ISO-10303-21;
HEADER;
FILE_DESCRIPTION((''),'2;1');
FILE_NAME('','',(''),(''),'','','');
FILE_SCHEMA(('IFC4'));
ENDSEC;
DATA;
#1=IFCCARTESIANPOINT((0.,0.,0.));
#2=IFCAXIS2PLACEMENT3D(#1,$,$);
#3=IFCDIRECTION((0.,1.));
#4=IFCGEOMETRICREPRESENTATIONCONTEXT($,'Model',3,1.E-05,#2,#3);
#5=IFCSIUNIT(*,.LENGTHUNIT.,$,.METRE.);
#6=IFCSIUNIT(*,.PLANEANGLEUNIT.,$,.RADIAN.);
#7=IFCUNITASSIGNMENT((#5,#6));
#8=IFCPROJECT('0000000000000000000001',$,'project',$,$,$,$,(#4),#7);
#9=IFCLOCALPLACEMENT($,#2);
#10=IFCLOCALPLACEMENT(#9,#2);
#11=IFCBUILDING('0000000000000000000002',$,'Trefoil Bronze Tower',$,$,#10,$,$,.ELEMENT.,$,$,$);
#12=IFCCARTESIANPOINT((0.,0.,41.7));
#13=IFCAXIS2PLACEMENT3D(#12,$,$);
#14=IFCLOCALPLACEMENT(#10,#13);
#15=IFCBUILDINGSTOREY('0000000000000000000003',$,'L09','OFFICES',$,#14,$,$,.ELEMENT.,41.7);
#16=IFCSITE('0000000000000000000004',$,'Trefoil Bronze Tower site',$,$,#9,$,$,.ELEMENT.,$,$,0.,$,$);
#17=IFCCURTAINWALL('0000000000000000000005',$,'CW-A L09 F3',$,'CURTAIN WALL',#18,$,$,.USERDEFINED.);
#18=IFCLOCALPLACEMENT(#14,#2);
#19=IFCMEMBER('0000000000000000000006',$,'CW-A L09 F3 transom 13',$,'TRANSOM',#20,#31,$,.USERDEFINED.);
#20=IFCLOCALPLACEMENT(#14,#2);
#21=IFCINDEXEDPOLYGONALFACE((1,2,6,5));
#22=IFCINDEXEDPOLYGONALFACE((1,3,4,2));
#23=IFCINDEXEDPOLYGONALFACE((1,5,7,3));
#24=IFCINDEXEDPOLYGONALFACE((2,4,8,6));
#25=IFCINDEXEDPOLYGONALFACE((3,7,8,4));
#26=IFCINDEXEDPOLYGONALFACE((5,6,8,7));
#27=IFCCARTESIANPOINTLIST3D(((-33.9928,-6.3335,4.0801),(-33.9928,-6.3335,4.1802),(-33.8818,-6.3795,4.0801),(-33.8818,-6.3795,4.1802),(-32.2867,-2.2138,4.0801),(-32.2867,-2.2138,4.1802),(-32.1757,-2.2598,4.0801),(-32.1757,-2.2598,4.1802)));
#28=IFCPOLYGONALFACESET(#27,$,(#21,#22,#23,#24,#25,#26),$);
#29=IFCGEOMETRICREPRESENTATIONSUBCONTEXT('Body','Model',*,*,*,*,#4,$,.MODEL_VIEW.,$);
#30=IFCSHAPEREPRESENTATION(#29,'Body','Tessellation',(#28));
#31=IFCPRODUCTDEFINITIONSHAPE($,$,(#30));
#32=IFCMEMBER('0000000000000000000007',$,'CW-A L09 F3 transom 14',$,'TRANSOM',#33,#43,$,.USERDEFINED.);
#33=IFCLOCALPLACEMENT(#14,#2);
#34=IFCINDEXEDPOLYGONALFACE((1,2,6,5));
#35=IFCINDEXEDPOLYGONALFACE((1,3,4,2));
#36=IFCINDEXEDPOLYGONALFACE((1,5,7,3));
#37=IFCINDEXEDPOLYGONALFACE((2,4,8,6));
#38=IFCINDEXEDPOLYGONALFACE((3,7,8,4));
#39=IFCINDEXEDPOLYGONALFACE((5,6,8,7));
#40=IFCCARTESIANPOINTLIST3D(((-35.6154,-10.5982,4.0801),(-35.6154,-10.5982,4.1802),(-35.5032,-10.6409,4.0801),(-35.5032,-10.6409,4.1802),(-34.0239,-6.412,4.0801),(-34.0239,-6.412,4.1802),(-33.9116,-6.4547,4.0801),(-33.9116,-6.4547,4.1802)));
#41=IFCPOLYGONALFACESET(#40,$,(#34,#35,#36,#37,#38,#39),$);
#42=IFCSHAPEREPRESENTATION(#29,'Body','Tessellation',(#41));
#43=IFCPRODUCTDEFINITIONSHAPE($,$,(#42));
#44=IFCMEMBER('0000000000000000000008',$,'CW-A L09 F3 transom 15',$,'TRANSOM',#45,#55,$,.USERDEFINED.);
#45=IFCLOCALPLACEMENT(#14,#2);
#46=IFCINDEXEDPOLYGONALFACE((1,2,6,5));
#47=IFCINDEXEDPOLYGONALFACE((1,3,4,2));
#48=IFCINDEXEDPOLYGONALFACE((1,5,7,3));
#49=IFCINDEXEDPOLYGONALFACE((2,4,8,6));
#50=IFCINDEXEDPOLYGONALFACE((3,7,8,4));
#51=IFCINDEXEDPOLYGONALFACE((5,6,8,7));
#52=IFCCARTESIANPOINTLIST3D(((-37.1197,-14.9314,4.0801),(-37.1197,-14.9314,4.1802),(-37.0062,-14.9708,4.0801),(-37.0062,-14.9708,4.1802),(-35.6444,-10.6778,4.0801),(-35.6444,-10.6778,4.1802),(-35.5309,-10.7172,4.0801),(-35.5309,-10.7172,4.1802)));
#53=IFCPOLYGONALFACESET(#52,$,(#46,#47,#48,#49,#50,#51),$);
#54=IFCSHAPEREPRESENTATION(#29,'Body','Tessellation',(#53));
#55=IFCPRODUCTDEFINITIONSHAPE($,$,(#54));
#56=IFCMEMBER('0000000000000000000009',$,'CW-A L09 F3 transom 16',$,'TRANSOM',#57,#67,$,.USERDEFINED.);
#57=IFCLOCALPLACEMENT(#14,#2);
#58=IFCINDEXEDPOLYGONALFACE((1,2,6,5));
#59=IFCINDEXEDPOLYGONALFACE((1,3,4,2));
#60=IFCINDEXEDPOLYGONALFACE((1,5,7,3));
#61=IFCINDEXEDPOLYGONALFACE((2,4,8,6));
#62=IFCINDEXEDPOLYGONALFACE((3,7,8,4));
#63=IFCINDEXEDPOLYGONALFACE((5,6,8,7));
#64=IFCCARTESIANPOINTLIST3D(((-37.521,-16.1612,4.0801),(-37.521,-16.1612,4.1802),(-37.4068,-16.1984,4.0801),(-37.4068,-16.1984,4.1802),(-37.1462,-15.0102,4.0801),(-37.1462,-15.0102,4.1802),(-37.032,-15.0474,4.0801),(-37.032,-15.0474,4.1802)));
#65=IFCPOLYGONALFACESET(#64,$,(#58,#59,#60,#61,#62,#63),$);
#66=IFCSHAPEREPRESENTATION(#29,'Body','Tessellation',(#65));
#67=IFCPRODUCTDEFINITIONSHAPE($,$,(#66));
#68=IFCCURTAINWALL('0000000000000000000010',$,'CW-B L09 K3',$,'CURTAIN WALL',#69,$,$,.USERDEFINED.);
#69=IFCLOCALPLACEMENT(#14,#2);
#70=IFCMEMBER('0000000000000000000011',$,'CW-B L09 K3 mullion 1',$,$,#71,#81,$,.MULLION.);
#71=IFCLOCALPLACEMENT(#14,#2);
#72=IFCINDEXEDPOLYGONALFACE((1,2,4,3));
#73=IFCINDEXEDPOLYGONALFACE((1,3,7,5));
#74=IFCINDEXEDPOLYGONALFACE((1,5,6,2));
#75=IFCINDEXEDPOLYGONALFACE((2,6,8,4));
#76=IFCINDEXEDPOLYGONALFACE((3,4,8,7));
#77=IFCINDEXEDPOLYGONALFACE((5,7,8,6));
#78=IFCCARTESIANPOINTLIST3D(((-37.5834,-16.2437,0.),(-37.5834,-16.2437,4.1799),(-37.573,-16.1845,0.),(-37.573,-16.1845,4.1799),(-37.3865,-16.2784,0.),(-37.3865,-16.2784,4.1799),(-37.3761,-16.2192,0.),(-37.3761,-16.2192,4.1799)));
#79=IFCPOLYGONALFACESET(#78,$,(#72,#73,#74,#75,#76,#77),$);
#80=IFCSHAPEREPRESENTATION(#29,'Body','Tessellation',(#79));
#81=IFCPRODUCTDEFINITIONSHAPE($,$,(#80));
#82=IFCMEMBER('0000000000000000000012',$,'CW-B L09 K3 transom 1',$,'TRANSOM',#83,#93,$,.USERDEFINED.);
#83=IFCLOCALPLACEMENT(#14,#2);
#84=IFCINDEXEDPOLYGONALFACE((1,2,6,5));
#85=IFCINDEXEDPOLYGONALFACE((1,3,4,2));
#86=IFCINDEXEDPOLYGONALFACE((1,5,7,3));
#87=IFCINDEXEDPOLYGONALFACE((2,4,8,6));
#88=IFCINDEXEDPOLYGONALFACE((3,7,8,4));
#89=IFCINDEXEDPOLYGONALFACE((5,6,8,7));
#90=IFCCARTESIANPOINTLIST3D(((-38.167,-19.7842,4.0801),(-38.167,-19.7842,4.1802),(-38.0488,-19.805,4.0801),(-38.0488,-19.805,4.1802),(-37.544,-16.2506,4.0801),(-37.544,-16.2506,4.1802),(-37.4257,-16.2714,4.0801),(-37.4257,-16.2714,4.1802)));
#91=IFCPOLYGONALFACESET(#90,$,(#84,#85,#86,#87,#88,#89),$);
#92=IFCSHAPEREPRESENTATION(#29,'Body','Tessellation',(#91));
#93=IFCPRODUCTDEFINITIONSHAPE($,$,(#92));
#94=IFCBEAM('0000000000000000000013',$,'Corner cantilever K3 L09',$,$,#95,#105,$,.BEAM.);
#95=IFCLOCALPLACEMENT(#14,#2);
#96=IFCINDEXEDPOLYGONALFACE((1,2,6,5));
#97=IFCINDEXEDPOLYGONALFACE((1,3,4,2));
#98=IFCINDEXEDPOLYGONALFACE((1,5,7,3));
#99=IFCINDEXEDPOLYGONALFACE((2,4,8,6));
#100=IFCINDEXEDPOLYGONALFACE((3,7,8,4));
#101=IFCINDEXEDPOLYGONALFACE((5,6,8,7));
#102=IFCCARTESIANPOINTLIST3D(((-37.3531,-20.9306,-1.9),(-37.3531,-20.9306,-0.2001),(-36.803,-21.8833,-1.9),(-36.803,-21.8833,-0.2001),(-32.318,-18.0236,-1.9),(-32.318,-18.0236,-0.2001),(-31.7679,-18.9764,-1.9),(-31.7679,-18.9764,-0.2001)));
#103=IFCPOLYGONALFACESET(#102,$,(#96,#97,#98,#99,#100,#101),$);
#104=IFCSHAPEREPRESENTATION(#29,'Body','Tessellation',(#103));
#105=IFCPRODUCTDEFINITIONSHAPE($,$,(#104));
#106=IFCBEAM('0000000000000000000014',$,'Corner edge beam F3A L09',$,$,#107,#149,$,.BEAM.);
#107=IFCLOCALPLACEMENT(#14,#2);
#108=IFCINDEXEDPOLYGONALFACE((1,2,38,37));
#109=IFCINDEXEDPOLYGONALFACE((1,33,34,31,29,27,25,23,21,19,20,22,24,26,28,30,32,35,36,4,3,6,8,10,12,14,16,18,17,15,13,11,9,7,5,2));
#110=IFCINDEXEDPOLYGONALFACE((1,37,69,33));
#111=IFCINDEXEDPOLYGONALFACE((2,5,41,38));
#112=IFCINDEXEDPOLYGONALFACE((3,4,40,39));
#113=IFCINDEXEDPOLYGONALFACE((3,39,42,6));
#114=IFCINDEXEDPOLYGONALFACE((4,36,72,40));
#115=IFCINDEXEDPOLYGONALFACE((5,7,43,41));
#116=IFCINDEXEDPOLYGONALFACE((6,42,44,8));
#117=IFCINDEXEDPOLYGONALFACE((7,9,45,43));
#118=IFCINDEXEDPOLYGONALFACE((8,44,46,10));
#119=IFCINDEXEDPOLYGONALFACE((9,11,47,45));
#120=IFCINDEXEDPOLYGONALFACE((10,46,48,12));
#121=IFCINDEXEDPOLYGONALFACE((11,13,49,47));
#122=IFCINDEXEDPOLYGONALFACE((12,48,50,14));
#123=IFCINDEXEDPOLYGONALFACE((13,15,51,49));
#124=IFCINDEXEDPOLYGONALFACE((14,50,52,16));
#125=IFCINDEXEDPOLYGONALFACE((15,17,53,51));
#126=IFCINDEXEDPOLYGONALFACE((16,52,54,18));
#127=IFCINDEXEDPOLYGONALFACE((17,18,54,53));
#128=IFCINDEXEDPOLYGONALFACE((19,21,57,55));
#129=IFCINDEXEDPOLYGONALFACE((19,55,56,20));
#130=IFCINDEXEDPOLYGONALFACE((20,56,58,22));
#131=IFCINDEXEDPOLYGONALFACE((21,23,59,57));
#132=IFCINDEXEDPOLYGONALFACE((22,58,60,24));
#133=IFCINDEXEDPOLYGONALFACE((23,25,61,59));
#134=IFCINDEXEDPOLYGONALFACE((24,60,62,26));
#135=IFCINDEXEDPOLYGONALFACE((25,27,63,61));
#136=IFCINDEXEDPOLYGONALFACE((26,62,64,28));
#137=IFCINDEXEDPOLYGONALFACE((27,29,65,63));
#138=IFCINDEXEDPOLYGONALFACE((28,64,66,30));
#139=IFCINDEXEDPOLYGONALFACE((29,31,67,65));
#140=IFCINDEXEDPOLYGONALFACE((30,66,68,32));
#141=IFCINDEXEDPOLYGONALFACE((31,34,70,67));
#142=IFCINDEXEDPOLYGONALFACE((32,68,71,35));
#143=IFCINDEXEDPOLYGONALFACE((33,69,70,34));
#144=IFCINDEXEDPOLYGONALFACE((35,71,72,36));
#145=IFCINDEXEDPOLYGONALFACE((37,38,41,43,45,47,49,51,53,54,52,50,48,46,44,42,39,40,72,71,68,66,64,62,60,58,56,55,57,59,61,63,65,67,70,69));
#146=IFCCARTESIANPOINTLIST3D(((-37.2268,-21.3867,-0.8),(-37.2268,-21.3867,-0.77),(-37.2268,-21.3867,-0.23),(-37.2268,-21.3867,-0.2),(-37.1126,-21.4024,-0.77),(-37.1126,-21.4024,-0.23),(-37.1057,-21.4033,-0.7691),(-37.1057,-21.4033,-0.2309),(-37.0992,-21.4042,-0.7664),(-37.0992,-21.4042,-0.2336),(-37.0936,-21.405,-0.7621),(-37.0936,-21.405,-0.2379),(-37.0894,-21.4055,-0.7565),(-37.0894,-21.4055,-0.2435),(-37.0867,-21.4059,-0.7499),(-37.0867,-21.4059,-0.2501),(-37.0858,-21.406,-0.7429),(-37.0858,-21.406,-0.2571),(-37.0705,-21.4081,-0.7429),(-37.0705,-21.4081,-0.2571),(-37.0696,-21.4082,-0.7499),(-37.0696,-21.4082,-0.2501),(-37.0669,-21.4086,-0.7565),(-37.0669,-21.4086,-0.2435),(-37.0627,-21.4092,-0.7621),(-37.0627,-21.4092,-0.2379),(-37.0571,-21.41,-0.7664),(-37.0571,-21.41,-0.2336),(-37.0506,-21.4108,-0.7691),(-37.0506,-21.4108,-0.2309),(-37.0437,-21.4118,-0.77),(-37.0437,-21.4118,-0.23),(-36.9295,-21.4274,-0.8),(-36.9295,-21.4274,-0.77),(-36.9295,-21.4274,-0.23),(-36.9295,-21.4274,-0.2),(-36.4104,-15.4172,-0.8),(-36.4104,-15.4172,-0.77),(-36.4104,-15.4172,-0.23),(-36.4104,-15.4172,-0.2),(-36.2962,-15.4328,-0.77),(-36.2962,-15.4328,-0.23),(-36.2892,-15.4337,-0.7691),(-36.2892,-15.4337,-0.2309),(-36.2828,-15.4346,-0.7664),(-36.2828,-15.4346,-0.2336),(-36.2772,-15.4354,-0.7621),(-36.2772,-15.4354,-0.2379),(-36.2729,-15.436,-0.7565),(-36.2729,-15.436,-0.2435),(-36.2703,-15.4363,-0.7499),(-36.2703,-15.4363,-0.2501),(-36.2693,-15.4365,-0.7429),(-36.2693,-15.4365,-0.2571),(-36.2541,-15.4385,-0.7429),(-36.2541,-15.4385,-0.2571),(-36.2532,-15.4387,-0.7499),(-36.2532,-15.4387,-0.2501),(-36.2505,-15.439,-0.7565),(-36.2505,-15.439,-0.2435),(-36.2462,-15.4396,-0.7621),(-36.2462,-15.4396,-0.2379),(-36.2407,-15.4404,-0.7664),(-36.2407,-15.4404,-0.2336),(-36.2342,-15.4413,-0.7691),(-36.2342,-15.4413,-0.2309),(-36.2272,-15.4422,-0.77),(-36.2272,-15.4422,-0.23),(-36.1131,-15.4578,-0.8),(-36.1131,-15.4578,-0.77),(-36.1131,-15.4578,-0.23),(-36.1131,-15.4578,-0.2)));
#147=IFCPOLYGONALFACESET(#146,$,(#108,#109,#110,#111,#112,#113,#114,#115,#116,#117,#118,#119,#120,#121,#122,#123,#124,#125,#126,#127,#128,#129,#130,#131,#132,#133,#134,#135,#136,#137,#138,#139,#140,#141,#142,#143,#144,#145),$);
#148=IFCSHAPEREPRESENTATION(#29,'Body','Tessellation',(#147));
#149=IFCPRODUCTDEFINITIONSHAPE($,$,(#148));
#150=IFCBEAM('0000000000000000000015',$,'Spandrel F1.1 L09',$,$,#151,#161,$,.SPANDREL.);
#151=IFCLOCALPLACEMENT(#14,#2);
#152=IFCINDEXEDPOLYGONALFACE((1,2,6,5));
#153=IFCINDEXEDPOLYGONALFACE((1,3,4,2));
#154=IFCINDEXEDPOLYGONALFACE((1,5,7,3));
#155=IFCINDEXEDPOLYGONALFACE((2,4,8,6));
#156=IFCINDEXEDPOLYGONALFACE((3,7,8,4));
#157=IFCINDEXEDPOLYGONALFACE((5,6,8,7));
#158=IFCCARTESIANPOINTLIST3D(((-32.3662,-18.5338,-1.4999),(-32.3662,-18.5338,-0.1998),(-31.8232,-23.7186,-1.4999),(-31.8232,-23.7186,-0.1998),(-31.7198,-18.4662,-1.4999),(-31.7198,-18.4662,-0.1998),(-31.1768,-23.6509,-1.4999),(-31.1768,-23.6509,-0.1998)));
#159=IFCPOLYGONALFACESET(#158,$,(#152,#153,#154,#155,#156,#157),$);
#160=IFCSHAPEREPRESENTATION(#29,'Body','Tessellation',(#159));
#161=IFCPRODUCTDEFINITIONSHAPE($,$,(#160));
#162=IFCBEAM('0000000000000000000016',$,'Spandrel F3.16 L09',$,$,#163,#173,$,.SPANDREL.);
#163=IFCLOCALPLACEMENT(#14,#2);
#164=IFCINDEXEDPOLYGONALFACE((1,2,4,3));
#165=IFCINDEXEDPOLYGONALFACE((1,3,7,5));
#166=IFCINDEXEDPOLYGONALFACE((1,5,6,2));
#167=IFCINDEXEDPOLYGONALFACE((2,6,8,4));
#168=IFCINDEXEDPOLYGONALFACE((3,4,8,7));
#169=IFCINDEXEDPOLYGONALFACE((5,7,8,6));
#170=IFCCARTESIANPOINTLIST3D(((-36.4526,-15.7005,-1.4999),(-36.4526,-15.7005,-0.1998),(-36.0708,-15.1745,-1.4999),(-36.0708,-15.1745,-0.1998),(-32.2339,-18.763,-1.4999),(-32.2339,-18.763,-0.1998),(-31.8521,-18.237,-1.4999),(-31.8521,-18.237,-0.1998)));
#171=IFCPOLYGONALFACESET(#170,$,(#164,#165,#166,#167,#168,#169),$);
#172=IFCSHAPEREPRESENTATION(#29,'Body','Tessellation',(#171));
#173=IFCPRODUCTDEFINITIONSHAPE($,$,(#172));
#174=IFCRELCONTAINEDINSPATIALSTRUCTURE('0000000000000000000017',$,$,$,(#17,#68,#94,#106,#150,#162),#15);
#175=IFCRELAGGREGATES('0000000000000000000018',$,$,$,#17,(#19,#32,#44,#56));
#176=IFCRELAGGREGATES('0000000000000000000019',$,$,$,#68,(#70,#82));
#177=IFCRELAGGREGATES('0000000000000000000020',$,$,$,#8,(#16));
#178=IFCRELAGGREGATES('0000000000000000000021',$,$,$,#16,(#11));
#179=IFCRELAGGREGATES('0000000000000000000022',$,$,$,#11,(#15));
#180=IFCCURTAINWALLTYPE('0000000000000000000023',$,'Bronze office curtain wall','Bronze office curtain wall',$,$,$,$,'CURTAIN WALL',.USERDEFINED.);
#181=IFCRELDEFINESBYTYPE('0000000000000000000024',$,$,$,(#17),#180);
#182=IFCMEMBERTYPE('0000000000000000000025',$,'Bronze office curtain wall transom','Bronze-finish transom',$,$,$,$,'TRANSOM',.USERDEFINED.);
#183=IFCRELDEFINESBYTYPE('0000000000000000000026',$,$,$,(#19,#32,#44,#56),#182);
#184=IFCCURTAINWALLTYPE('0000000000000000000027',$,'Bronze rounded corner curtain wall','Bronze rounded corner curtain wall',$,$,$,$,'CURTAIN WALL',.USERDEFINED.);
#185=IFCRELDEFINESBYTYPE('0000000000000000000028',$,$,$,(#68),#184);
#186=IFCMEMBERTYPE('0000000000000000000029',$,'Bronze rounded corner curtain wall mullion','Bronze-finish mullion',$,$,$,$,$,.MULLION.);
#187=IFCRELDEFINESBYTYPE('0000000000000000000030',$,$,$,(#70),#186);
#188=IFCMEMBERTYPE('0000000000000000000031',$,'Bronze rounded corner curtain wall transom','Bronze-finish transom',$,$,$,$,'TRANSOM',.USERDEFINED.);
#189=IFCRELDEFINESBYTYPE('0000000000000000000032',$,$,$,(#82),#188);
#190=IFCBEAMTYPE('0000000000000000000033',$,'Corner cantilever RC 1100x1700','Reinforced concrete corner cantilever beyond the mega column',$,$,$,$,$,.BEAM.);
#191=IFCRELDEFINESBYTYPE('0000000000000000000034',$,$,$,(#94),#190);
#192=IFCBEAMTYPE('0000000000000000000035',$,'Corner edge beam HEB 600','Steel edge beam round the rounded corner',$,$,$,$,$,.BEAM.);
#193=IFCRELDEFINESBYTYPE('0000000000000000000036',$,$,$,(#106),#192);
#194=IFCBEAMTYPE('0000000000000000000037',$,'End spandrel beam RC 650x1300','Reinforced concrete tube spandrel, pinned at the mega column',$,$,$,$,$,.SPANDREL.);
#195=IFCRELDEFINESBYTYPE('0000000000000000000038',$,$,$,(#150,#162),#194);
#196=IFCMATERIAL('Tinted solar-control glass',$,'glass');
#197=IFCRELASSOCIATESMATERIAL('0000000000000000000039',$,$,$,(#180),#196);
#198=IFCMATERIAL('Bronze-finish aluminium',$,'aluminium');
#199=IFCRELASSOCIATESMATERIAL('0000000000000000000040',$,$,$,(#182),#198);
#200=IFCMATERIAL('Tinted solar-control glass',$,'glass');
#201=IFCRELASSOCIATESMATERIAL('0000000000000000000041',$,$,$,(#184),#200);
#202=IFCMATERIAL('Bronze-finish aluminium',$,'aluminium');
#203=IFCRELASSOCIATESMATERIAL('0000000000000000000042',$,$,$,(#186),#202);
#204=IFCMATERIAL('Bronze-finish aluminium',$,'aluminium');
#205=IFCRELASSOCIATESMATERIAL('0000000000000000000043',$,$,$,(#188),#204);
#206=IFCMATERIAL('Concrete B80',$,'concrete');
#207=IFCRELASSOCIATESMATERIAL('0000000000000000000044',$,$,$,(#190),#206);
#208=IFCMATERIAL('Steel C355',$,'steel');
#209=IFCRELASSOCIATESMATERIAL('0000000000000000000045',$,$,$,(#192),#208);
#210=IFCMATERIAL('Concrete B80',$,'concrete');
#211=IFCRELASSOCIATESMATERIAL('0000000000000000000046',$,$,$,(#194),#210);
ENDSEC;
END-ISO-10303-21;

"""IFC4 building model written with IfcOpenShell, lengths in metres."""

from ifc_helpers import new_model, si_unit, direction, frame, origin, origin_2d, place, context, subcontext, project, spatial, rectangle, i_section, extrude, material, material_profile, profile_set, type_object, element, aggregate, save


model = new_model("IFC4")

# Units and contexts
model_context = context("Model", 3, precision=1e-05, world=origin(), true_north=direction((0.0, 1.0)))
body_context = subcontext(model_context, "Body", "Model", "MODEL_VIEW")
ifc_project = project(units=[si_unit("LENGTHUNIT", "METRE"), si_unit("PLANEANGLEUNIT", "RADIAN")], contexts=[model_context])

# Site, building, storey
site_placement = place(None, origin())
site = spatial("IfcSite", under=ifc_project, at=site_placement, Name="Trefoil Bronze Tower site", CompositionType="ELEMENT", RefElevation=0.0)
building_placement = place(site_placement, origin())
building = spatial("IfcBuilding", under=site, at=building_placement, Name="Trefoil Bronze Tower", CompositionType="ELEMENT")
storey_placement = place(building_placement, frame((0.0, 0.0, 41.7)))
storey = spatial("IfcBuildingStorey", under=building, at=storey_placement, Name="L09", Description="OFFICES", CompositionType="ELEMENT", Elevation=41.7)

# Curtain walls, members
ifc_material_1 = material(Name="Tinted solar-control glass", Category="glass")
curtain_wall_type_1 = type_object("IfcCurtainWallType", Name="Bronze office curtain wall", Description="Bronze office curtain wall", ElementType="CURTAIN WALL", PredefinedType="USERDEFINED", material=ifc_material_1)
curtain_wall_1_placement = place(storey_placement, origin())
curtain_wall_1 = element("IfcCurtainWall", 1, at=curtain_wall_1_placement, inside=storey, type_object=curtain_wall_type_1, Name="CW-A L09 F3", ObjectType="CURTAIN WALL", PredefinedType="USERDEFINED")
ifc_material_2 = material(Name="Bronze-finish aluminium", Category="aluminium")
ifc_material_profile_1 = material_profile(ifc_material_2, rectangle(XDim=0.1201, YDim=0.1001, at=origin_2d()), Name="CW-A transom")
ifc_profile_set_1 = profile_set([ifc_material_profile_1], Name="Bronze-finish aluminium")
member_type_1 = type_object("IfcMemberType", Name="Bronze office curtain wall transom", Description="Bronze-finish transom", ElementType="TRANSOM", PredefinedType="USERDEFINED", material=ifc_profile_set_1)
member_1_placement = place(storey_placement, frame((-32.2312, -2.2368, 4.1301), z_axis=(-0.382616, -0.923907, 0.0), x_axis=(0.923907, -0.382616, 0.0)))
member_1 = element("IfcMember", 2, at=member_1_placement, type_object=member_type_1, Name="CW-A L09 F3 transom 13", ObjectType="TRANSOM", PredefinedType="USERDEFINED", context=body_context, shape_type="SweptSolid", body=[
    extrude(rectangle(XDim=0.1201, YDim=0.1001, at=origin_2d()), origin(), (0.0, 0.0, 1.0), 4.459),
])
member_2_placement = place(storey_placement, frame((-33.9678, -6.4333, 4.1301), z_axis=(-0.355367, -0.934727, 0.0), x_axis=(0.934727, -0.355367, 0.0)))
member_2 = element("IfcMember", 3, at=member_2_placement, type_object=member_type_1, Name="CW-A L09 F3 transom 14", ObjectType="TRANSOM", PredefinedType="USERDEFINED", context=body_context, shape_type="SweptSolid", body=[
    extrude(rectangle(XDim=0.1201, YDim=0.1001, at=origin_2d()), origin(), (0.0, 0.0, 1.0), 4.4785),
])
member_3_placement = place(storey_placement, frame((-35.5876, -10.6975, 4.1301), z_axis=(-0.32769, -0.944785, 0.0), x_axis=(0.944785, -0.32769, 0.0)))
member_3 = element("IfcMember", 4, at=member_3_placement, type_object=member_type_1, Name="CW-A L09 F3 transom 15", ObjectType="TRANSOM", PredefinedType="USERDEFINED", context=body_context, shape_type="SweptSolid", body=[
    extrude(rectangle(XDim=0.1201, YDim=0.1001, at=origin_2d()), origin(), (0.0, 0.0, 1.0), 4.5022),
])
member_4_placement = place(storey_placement, frame((-37.0891, -15.0288, 4.1301), z_axis=(-0.309624, -0.950859, 0.0), x_axis=(0.950859, -0.309624, 0.0)))
member_4 = element("IfcMember", 5, at=member_4_placement, type_object=member_type_1, Name="CW-A L09 F3 transom 16", ObjectType="TRANSOM", PredefinedType="USERDEFINED", context=body_context, shape_type="SweptSolid", body=[
    extrude(rectangle(XDim=0.1201, YDim=0.1001, at=origin_2d()), origin(), (0.0, 0.0, 1.0), 1.2104),
])
ifc_material_3 = material(Name="Tinted solar-control glass", Category="glass")
curtain_wall_type_2 = type_object("IfcCurtainWallType", Name="Bronze rounded corner curtain wall", Description="Bronze rounded corner curtain wall", ElementType="CURTAIN WALL", PredefinedType="USERDEFINED", material=ifc_material_3)
curtain_wall_2_placement = place(storey_placement, origin())
curtain_wall_2 = element("IfcCurtainWall", 6, at=curtain_wall_2_placement, inside=storey, type_object=curtain_wall_type_2, Name="CW-B L09 K3", ObjectType="CURTAIN WALL", PredefinedType="USERDEFINED")
ifc_material_4 = material(Name="Bronze-finish aluminium", Category="aluminium")
ifc_material_profile_2 = material_profile(ifc_material_4, rectangle(XDim=0.2, YDim=0.0601, at=origin_2d()), Name="CW-B mullion")
ifc_profile_set_2 = profile_set([ifc_material_profile_2], Name="Bronze-finish aluminium")
member_type_2 = type_object("IfcMemberType", Name="Bronze rounded corner curtain wall mullion", Description="Bronze-finish mullion", PredefinedType="MULLION", material=ifc_profile_set_2)
member_5_placement = place(storey_placement, frame((-37.4797, -16.2314, 0.0), z_axis=(0.0, 0.0, 1.0), x_axis=(0.984808, -0.173648, 0.0)))
member_5 = element("IfcMember", 7, at=member_5_placement, type_object=member_type_2, Name="CW-B L09 K3 mullion 1", PredefinedType="MULLION", context=body_context, shape_type="SweptSolid", body=[
    extrude(rectangle(XDim=0.2, YDim=0.0601, at=origin_2d()), origin(), (0.0, 0.0, 1.0), 4.1799),
])
ifc_material_5 = material(Name="Bronze-finish aluminium", Category="aluminium")
ifc_material_profile_3 = material_profile(ifc_material_5, rectangle(XDim=0.1201, YDim=0.1001, at=origin_2d()), Name="CW-B transom")
ifc_profile_set_3 = profile_set([ifc_material_profile_3], Name="Bronze-finish aluminium")
member_type_3 = type_object("IfcMemberType", Name="Bronze rounded corner curtain wall transom", Description="Bronze-finish transom", ElementType="TRANSOM", PredefinedType="USERDEFINED", material=ifc_profile_set_3)
member_6_placement = place(storey_placement, frame((-37.4849, -16.261, 4.1301), z_axis=(-0.173638, -0.98481, 0.0), x_axis=(0.98481, -0.173638, 0.0)))
member_6 = element("IfcMember", 8, at=member_6_placement, type_object=member_type_3, Name="CW-B L09 K3 transom 1", ObjectType="TRANSOM", PredefinedType="USERDEFINED", context=body_context, shape_type="SweptSolid", body=[
    extrude(rectangle(XDim=0.1201, YDim=0.1001, at=origin_2d()), origin(), (0.0, 0.0, 1.0), 3.5881),
])

# Beams
ifc_material_6 = material(Name="Concrete B80", Category="concrete")
ifc_material_profile_4 = material_profile(ifc_material_6, rectangle(XDim=1.1001, YDim=1.7, at=origin_2d()), Name="RC 1100x1700")
ifc_profile_set_4 = profile_set([ifc_material_profile_4], Name="Concrete B80")
beam_type_1 = type_object("IfcBeamType", Name="Corner cantilever RC 1100x1700", Description="Reinforced concrete corner cantilever beyond the mega column", PredefinedType="BEAM", material=ifc_profile_set_4)
beam_1_placement = place(storey_placement, frame((-32.043, -18.5, -1.05), z_axis=(-0.86603, -0.499991, 0.0), x_axis=(0.499991, -0.86603, 0.0)))
element("IfcBeam", 9, at=beam_1_placement, inside=storey, type_object=beam_type_1, Name="Corner cantilever K3 L09", PredefinedType="BEAM", context=body_context, shape_type="SweptSolid", body=[
    extrude(rectangle(XDim=1.1001, YDim=1.7, at=origin_2d()), origin(), (0.0, 0.0, 1.0), 5.814),
])
ifc_material_7 = material(Name="Steel C355", Category="steel")
ifc_material_profile_5 = material_profile(ifc_material_7, i_section(OverallWidth=0.3, OverallDepth=0.6001, WebThickness=0.0154, FlangeThickness=0.03, FilletRadius=0.0271, at=origin_2d()), Name="HEB 600")
ifc_profile_set_5 = profile_set([ifc_material_profile_5], Name="Steel C355")
beam_type_2 = type_object("IfcBeamType", Name="Corner edge beam HEB 600", Description="Steel edge beam round the rounded corner", PredefinedType="BEAM", material=ifc_profile_set_5)
beam_2_placement = place(storey_placement, frame((-36.2617, -15.4375, -0.5), z_axis=(-0.135502, -0.990777, 0.0), x_axis=(0.990777, -0.135502, 0.0)))
element("IfcBeam", 10, at=beam_2_placement, inside=storey, type_object=beam_type_2, Name="Corner edge beam F3A L09", PredefinedType="BEAM", context=body_context, shape_type="SweptSolid", body=[
    extrude(i_section(OverallWidth=0.3, OverallDepth=0.6001, WebThickness=0.0154, FlangeThickness=0.03, FilletRadius=0.0271, at=origin_2d()), origin(), (0.0, 0.0, 1.0), 6.0251),
])
ifc_material_8 = material(Name="Concrete B80", Category="concrete")
ifc_material_profile_6 = material_profile(ifc_material_8, rectangle(XDim=0.6499, YDim=1.3, at=origin_2d()), Name="RC 650x1300")
ifc_profile_set_6 = profile_set([ifc_material_profile_6], Name="Concrete B80")
beam_type_3 = type_object("IfcBeamType", Name="End spandrel beam RC 650x1300", Description="Reinforced concrete tube spandrel, pinned at the mega column", PredefinedType="SPANDREL", material=ifc_profile_set_6)
for number, where, z_axis, x_axis, name in (
    (11, (-32.043, -18.5, -0.8499), (0.104153, -0.994561, 0.0), (0.994561, 0.104153, 0.0), "Spandrel F1.1 L09"),
    (12, (-36.2617, -15.4375, -0.8499), (0.809254, -0.587459, 0.0), (0.587459, 0.809254, 0.0), "Spandrel F3.16 L09"),
):
    element("IfcBeam", number, at=place(storey_placement, frame(where, z_axis=z_axis, x_axis=x_axis)), inside=storey, type_object=beam_type_3, Name=name, PredefinedType="SPANDREL", context=body_context, shape_type="SweptSolid", body=[
        extrude(rectangle(XDim=0.6499, YDim=1.3, at=origin_2d()), origin(), (0.0, 0.0, 1.0), 5.2131),
    ])

aggregate(curtain_wall_1, [member_1, member_2, member_3, member_4])
aggregate(curtain_wall_2, [member_5, member_6])

save(model, "model.ifc")
